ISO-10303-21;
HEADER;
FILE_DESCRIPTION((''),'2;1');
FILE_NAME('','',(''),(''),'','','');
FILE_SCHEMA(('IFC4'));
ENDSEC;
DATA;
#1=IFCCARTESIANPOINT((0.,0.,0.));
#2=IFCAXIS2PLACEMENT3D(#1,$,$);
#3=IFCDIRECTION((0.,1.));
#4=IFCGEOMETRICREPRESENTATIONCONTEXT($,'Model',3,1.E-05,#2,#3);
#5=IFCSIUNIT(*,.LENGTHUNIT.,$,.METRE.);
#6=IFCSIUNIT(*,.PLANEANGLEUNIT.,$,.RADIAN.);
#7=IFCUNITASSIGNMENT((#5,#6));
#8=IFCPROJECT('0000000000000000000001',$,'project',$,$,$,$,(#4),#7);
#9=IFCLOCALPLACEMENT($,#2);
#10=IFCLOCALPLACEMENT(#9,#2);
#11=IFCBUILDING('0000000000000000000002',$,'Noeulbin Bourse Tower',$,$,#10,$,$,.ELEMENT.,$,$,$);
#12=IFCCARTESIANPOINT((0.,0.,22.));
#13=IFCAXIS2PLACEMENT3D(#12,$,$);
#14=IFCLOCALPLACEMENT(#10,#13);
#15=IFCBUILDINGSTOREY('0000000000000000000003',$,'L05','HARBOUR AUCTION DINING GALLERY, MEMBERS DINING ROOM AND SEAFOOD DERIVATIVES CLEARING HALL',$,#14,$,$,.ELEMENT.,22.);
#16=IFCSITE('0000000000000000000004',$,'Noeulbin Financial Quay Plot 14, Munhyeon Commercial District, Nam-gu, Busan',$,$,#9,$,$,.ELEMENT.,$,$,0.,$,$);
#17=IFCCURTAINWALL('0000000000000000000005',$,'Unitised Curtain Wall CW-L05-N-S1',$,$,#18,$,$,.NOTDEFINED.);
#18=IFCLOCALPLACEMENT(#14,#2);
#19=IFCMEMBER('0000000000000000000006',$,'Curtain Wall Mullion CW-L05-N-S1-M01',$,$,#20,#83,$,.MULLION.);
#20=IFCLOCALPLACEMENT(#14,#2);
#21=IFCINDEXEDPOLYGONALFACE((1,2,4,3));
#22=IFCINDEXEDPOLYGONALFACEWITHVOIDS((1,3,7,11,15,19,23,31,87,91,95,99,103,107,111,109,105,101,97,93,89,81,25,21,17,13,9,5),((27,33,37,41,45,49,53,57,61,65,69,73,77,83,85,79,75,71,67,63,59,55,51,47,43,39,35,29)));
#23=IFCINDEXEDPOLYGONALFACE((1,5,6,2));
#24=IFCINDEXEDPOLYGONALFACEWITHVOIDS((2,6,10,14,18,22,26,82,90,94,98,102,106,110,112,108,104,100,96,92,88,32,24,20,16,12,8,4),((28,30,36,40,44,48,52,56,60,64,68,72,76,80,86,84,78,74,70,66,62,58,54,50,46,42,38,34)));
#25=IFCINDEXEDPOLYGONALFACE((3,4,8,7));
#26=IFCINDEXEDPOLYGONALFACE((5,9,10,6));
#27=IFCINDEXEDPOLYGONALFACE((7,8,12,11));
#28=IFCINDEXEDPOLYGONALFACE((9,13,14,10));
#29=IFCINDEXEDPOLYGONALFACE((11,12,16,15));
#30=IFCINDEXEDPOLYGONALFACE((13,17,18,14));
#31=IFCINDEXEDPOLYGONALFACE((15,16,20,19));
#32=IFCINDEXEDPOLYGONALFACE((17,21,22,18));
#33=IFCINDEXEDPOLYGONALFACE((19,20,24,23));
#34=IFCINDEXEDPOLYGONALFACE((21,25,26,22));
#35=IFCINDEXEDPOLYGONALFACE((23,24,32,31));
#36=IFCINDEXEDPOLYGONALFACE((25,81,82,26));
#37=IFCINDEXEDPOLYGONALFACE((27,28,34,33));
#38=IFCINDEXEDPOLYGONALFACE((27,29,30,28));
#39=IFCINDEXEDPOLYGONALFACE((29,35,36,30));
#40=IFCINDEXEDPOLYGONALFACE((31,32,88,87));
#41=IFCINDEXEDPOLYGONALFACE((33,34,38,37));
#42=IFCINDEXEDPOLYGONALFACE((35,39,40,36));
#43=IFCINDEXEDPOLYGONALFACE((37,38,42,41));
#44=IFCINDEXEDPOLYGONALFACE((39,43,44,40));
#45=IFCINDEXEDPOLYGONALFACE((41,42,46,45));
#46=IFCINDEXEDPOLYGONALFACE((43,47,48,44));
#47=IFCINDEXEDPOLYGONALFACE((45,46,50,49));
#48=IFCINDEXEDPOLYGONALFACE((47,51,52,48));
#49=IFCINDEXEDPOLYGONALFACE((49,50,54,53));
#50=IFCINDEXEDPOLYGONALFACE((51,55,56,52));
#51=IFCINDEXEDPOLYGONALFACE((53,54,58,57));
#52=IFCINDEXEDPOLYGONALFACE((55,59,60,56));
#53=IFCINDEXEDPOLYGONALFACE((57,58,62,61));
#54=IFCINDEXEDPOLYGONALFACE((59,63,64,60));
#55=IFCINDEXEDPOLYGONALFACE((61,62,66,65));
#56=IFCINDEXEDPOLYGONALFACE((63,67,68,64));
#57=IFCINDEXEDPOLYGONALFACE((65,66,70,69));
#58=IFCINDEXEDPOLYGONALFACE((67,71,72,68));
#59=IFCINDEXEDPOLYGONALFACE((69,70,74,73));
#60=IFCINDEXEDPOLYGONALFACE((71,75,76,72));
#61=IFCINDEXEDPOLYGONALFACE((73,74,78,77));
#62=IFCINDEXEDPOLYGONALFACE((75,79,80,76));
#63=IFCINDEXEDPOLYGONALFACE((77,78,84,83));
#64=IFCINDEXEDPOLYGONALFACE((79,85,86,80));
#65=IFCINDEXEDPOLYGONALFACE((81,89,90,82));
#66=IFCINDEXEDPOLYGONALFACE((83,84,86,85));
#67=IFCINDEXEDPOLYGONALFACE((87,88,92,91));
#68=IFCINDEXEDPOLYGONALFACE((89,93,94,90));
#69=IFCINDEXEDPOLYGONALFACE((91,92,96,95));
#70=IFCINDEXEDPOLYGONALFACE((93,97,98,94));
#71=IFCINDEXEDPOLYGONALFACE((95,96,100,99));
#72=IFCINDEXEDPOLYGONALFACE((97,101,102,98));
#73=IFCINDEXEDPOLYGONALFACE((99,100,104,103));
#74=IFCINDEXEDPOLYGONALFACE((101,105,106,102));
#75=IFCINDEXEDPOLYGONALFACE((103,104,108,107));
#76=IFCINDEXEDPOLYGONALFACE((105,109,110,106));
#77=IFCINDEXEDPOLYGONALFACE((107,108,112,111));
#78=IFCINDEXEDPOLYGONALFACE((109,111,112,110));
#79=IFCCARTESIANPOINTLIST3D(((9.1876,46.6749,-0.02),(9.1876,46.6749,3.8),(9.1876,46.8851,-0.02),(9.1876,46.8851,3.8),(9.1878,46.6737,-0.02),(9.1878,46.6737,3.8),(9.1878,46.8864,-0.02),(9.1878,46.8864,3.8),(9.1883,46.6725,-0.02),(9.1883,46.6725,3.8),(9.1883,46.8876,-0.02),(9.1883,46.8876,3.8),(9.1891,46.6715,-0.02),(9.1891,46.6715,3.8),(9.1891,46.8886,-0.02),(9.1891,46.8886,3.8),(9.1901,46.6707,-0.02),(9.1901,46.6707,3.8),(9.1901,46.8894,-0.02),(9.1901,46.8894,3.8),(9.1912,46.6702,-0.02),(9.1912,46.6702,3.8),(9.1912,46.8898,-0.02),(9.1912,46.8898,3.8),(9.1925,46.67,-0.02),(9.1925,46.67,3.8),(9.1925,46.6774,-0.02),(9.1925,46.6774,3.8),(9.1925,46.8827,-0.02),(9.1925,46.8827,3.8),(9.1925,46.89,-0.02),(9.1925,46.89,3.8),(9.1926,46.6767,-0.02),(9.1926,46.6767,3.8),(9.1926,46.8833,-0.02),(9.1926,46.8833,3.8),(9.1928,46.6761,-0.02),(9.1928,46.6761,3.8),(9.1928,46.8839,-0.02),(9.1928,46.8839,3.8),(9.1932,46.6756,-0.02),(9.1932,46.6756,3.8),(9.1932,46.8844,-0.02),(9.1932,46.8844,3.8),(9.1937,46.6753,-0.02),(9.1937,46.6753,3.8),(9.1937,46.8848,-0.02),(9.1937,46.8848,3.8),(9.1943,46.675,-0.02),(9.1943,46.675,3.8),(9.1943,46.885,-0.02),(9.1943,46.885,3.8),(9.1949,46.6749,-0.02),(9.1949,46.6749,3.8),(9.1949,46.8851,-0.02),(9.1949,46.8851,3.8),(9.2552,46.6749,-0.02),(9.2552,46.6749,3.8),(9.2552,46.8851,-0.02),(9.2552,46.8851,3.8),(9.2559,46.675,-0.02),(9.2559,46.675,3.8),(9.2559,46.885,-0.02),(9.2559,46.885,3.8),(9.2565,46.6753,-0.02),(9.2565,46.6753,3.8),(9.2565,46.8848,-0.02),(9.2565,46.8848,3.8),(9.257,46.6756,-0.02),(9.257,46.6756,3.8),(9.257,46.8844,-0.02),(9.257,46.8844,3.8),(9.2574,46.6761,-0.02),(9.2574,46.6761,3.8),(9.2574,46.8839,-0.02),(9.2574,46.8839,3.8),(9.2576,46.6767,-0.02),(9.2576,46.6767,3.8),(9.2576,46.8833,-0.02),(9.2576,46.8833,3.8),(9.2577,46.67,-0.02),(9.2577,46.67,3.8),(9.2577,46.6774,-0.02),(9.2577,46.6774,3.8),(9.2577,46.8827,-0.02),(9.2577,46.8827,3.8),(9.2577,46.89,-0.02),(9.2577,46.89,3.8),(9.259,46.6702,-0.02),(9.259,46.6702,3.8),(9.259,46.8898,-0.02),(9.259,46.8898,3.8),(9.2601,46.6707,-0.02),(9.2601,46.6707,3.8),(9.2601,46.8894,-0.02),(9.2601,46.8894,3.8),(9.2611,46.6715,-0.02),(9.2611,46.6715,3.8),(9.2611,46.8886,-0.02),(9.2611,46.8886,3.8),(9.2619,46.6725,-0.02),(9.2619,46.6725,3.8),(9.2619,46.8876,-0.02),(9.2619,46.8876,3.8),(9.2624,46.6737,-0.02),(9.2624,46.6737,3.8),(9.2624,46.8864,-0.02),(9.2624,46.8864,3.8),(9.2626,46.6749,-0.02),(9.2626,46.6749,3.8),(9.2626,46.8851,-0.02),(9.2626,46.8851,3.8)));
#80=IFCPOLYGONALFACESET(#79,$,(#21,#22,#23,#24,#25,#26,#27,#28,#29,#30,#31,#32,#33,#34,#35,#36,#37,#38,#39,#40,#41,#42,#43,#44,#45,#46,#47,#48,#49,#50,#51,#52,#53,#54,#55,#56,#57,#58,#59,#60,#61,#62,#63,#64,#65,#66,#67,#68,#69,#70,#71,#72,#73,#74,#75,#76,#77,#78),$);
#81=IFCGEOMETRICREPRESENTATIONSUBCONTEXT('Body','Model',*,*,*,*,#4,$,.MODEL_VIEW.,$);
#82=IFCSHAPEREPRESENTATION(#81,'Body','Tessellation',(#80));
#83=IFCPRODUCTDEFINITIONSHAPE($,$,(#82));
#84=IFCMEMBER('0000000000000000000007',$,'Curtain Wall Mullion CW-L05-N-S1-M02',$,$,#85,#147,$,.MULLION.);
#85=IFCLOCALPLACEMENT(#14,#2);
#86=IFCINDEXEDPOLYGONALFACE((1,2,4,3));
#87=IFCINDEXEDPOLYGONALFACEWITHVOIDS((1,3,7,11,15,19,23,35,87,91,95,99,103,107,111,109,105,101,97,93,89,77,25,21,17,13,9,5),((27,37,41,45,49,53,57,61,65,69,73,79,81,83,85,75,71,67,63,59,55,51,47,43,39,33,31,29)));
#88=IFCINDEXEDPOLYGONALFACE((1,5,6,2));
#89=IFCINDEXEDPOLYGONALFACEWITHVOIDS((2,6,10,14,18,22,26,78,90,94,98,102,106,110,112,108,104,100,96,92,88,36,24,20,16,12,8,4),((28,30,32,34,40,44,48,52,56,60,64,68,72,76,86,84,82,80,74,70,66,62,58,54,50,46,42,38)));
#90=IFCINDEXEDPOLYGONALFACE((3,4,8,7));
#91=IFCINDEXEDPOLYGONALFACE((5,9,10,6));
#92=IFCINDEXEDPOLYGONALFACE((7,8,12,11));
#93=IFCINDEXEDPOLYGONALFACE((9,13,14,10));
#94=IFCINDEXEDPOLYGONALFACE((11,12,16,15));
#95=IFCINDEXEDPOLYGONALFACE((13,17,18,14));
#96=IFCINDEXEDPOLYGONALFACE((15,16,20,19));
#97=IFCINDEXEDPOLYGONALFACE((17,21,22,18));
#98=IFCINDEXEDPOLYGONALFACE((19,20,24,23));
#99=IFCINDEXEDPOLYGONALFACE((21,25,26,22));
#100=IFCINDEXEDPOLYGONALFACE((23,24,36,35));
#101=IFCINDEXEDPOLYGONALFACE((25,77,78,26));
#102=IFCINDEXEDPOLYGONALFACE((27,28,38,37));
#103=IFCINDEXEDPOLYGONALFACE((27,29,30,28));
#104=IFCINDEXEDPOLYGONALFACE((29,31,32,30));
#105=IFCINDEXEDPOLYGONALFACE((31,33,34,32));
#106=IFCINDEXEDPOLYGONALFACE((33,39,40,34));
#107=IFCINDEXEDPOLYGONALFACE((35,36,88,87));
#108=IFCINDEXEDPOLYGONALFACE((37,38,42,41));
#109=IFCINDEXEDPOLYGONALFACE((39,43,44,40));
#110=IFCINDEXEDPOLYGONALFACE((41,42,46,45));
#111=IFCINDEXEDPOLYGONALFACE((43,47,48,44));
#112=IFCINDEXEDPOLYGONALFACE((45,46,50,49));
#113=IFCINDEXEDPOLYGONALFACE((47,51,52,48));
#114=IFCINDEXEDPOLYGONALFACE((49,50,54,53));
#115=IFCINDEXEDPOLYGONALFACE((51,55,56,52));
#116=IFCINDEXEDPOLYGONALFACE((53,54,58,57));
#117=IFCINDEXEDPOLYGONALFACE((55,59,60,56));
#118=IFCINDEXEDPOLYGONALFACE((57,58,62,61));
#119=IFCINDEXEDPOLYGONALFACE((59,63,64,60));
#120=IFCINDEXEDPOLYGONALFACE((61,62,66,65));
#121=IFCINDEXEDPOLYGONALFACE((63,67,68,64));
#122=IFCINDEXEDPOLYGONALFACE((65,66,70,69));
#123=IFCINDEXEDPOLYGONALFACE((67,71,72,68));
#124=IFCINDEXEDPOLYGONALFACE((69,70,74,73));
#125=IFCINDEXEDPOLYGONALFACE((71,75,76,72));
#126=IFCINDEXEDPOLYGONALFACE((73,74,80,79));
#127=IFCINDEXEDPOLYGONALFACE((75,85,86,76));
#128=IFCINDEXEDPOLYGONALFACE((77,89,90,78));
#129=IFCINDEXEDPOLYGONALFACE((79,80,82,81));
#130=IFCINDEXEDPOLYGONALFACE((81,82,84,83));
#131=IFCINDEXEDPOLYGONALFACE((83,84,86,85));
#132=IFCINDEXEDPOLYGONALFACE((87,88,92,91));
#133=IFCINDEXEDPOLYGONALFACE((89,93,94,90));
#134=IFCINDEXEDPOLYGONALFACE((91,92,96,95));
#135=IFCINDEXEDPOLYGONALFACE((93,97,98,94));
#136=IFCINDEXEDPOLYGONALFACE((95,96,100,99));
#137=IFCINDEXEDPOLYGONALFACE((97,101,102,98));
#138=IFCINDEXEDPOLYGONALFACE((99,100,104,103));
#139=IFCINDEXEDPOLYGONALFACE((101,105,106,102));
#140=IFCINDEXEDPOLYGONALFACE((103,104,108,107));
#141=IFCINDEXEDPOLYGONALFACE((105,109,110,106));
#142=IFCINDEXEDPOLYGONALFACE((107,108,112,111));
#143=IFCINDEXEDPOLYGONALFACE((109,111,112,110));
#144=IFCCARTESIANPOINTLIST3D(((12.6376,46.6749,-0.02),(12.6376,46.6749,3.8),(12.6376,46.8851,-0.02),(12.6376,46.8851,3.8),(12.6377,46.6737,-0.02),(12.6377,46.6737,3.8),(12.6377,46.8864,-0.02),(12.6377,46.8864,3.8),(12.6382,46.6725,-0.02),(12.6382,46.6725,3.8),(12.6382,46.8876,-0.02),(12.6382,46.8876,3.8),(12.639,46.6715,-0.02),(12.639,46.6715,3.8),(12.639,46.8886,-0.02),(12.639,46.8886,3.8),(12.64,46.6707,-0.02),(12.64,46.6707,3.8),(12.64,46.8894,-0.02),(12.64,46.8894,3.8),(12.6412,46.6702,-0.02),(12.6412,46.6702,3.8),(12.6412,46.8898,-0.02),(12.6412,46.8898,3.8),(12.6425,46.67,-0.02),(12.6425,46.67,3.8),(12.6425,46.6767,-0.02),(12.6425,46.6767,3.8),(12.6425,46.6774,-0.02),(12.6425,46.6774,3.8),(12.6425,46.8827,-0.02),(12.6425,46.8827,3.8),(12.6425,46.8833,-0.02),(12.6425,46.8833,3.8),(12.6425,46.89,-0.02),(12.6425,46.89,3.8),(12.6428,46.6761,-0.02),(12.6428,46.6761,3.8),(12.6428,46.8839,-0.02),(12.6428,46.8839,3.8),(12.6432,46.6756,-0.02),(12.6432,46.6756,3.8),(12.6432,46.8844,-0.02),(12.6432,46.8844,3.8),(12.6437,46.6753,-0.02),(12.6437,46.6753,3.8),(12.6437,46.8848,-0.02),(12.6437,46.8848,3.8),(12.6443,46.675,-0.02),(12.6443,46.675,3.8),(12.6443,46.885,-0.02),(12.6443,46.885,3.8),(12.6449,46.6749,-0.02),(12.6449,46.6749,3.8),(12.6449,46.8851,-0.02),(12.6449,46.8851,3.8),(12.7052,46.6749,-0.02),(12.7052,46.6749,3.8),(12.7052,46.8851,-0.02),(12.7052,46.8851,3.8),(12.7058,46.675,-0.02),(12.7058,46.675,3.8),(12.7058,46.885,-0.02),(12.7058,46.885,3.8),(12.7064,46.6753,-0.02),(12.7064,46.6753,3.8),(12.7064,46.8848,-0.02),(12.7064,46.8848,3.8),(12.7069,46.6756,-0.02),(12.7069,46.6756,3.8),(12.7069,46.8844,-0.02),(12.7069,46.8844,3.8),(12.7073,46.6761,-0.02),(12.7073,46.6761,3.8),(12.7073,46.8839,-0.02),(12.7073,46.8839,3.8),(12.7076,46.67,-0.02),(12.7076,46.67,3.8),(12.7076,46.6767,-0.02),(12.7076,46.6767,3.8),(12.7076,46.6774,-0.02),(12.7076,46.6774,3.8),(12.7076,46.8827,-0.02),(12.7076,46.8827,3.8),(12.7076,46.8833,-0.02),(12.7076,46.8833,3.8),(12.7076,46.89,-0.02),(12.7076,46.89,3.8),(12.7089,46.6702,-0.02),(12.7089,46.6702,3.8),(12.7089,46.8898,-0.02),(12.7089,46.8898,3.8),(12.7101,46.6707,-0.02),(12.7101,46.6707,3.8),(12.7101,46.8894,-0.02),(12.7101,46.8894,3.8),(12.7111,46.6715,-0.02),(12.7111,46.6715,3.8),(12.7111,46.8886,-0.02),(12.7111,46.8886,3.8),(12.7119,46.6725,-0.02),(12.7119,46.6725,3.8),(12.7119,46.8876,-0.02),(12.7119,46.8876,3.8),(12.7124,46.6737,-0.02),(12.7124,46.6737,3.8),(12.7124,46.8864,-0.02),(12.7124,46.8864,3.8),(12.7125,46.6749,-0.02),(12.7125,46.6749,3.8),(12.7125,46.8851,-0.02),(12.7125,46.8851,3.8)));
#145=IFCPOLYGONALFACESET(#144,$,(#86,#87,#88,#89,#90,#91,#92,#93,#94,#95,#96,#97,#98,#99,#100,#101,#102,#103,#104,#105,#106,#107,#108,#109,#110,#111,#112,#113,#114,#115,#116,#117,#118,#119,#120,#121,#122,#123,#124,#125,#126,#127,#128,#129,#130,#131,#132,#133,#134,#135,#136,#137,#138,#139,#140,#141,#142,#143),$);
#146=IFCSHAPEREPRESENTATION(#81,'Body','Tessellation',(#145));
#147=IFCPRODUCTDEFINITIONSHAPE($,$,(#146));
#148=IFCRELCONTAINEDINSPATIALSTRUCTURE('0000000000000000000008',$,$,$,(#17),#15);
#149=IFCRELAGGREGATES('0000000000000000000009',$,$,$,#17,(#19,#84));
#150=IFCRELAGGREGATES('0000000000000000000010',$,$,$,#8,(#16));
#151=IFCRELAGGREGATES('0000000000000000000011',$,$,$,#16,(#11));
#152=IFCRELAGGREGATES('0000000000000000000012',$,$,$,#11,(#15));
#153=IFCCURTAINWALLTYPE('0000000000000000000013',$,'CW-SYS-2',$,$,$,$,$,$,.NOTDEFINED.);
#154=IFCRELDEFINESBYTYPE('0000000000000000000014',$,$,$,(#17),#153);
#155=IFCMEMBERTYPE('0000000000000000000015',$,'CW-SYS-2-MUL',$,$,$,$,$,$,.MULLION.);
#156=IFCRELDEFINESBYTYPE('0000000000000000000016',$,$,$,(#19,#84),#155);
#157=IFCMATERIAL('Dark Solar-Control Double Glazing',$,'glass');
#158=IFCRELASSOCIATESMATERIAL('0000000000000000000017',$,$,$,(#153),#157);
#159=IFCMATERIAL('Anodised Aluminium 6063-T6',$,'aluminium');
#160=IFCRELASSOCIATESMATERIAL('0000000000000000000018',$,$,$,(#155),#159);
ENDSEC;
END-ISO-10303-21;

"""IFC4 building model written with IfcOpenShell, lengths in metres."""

from ifc_helpers import new_model, si_unit, direction, frame, origin, origin_2d, place, context, subcontext, project, spatial, hollow_rectangle, extrude, material, material_profile, profile_set, type_object, element, aggregate, save


model = new_model("IFC4")

# Units and contexts
model_context = context("Model", 3, precision=1e-05, world=origin(), true_north=direction((0.0, 1.0)))
body_context = subcontext(model_context, "Body", "Model", "MODEL_VIEW")
ifc_project = project(units=[si_unit("LENGTHUNIT", "METRE"), si_unit("PLANEANGLEUNIT", "RADIAN")], contexts=[model_context])

# Site, building, storey
site_placement = place(None, origin())
site = spatial("IfcSite", under=ifc_project, at=site_placement, Name="Noeulbin Financial Quay Plot 14, Munhyeon Commercial District, Nam-gu, Busan", CompositionType="ELEMENT", RefElevation=0.0)
building_placement = place(site_placement, origin())
building = spatial("IfcBuilding", under=site, at=building_placement, Name="Noeulbin Bourse Tower", CompositionType="ELEMENT")
storey_placement = place(building_placement, frame((0.0, 0.0, 22.0)))
storey = spatial("IfcBuildingStorey", under=building, at=storey_placement, Name="L05", Description="HARBOUR AUCTION DINING GALLERY, MEMBERS DINING ROOM AND SEAFOOD DERIVATIVES CLEARING HALL", CompositionType="ELEMENT", Elevation=22.0)

# Curtain wall, members
ifc_material_1 = material(Name="Dark Solar-Control Double Glazing", Category="glass")
curtain_wall_type = type_object("IfcCurtainWallType", Name="CW-SYS-2", PredefinedType="NOTDEFINED", material=ifc_material_1)
curtain_wall_1_placement = place(storey_placement, origin())
curtain_wall_1 = element("IfcCurtainWall", 1, at=curtain_wall_1_placement, inside=storey, type_object=curtain_wall_type, Name="Unitised Curtain Wall CW-L05-N-S1", PredefinedType="NOTDEFINED")
ifc_material_2 = material(Name="Anodised Aluminium 6063-T6", Category="aluminium")
ifc_material_profile_1 = material_profile(ifc_material_2, hollow_rectangle(XDim=0.075, YDim=0.22, WallThickness=0.0049, InnerFilletRadius=0.0024, OuterFilletRadius=0.0049, at=origin_2d()), Name="ALU-MULL-75x220x5", Category="LoadBearing")
ifc_profile_set_1 = profile_set([ifc_material_profile_1], Name="Anodised Aluminium 6063-T6")
member_type_1 = type_object("IfcMemberType", Name="CW-SYS-2-MUL", PredefinedType="MULLION", material=ifc_profile_set_1)
member_1_placement = place(storey_placement, frame((9.2251, 46.78, -0.02), z_axis=(0.0, 0.0, 1.0), x_axis=(1.0, 0.0, 0.0)))
member_1 = element("IfcMember", 2, at=member_1_placement, type_object=member_type_1, Name="Curtain Wall Mullion CW-L05-N-S1-M01", PredefinedType="MULLION", context=body_context, shape_type="SweptSolid", body=[
    extrude(hollow_rectangle(XDim=0.075, YDim=0.22, WallThickness=0.0049, InnerFilletRadius=0.0024, OuterFilletRadius=0.0049, at=origin_2d()), origin(), (0.0, 0.0, 1.0), 3.8201),
])
member_2_placement = place(storey_placement, frame((12.675, 46.78, -0.02), z_axis=(0.0, 0.0, 1.0), x_axis=(1.0, 0.0, 0.0)))
member_2 = element("IfcMember", 3, at=member_2_placement, type_object=member_type_1, Name="Curtain Wall Mullion CW-L05-N-S1-M02", PredefinedType="MULLION", context=body_context, shape_type="SweptSolid", body=[
    extrude(hollow_rectangle(XDim=0.075, YDim=0.22, WallThickness=0.0049, InnerFilletRadius=0.0024, OuterFilletRadius=0.0049, at=origin_2d()), origin(), (0.0, 0.0, 1.0), 3.8201),
])

aggregate(curtain_wall_1, [member_1, member_2])

save(model, "model.ifc")
